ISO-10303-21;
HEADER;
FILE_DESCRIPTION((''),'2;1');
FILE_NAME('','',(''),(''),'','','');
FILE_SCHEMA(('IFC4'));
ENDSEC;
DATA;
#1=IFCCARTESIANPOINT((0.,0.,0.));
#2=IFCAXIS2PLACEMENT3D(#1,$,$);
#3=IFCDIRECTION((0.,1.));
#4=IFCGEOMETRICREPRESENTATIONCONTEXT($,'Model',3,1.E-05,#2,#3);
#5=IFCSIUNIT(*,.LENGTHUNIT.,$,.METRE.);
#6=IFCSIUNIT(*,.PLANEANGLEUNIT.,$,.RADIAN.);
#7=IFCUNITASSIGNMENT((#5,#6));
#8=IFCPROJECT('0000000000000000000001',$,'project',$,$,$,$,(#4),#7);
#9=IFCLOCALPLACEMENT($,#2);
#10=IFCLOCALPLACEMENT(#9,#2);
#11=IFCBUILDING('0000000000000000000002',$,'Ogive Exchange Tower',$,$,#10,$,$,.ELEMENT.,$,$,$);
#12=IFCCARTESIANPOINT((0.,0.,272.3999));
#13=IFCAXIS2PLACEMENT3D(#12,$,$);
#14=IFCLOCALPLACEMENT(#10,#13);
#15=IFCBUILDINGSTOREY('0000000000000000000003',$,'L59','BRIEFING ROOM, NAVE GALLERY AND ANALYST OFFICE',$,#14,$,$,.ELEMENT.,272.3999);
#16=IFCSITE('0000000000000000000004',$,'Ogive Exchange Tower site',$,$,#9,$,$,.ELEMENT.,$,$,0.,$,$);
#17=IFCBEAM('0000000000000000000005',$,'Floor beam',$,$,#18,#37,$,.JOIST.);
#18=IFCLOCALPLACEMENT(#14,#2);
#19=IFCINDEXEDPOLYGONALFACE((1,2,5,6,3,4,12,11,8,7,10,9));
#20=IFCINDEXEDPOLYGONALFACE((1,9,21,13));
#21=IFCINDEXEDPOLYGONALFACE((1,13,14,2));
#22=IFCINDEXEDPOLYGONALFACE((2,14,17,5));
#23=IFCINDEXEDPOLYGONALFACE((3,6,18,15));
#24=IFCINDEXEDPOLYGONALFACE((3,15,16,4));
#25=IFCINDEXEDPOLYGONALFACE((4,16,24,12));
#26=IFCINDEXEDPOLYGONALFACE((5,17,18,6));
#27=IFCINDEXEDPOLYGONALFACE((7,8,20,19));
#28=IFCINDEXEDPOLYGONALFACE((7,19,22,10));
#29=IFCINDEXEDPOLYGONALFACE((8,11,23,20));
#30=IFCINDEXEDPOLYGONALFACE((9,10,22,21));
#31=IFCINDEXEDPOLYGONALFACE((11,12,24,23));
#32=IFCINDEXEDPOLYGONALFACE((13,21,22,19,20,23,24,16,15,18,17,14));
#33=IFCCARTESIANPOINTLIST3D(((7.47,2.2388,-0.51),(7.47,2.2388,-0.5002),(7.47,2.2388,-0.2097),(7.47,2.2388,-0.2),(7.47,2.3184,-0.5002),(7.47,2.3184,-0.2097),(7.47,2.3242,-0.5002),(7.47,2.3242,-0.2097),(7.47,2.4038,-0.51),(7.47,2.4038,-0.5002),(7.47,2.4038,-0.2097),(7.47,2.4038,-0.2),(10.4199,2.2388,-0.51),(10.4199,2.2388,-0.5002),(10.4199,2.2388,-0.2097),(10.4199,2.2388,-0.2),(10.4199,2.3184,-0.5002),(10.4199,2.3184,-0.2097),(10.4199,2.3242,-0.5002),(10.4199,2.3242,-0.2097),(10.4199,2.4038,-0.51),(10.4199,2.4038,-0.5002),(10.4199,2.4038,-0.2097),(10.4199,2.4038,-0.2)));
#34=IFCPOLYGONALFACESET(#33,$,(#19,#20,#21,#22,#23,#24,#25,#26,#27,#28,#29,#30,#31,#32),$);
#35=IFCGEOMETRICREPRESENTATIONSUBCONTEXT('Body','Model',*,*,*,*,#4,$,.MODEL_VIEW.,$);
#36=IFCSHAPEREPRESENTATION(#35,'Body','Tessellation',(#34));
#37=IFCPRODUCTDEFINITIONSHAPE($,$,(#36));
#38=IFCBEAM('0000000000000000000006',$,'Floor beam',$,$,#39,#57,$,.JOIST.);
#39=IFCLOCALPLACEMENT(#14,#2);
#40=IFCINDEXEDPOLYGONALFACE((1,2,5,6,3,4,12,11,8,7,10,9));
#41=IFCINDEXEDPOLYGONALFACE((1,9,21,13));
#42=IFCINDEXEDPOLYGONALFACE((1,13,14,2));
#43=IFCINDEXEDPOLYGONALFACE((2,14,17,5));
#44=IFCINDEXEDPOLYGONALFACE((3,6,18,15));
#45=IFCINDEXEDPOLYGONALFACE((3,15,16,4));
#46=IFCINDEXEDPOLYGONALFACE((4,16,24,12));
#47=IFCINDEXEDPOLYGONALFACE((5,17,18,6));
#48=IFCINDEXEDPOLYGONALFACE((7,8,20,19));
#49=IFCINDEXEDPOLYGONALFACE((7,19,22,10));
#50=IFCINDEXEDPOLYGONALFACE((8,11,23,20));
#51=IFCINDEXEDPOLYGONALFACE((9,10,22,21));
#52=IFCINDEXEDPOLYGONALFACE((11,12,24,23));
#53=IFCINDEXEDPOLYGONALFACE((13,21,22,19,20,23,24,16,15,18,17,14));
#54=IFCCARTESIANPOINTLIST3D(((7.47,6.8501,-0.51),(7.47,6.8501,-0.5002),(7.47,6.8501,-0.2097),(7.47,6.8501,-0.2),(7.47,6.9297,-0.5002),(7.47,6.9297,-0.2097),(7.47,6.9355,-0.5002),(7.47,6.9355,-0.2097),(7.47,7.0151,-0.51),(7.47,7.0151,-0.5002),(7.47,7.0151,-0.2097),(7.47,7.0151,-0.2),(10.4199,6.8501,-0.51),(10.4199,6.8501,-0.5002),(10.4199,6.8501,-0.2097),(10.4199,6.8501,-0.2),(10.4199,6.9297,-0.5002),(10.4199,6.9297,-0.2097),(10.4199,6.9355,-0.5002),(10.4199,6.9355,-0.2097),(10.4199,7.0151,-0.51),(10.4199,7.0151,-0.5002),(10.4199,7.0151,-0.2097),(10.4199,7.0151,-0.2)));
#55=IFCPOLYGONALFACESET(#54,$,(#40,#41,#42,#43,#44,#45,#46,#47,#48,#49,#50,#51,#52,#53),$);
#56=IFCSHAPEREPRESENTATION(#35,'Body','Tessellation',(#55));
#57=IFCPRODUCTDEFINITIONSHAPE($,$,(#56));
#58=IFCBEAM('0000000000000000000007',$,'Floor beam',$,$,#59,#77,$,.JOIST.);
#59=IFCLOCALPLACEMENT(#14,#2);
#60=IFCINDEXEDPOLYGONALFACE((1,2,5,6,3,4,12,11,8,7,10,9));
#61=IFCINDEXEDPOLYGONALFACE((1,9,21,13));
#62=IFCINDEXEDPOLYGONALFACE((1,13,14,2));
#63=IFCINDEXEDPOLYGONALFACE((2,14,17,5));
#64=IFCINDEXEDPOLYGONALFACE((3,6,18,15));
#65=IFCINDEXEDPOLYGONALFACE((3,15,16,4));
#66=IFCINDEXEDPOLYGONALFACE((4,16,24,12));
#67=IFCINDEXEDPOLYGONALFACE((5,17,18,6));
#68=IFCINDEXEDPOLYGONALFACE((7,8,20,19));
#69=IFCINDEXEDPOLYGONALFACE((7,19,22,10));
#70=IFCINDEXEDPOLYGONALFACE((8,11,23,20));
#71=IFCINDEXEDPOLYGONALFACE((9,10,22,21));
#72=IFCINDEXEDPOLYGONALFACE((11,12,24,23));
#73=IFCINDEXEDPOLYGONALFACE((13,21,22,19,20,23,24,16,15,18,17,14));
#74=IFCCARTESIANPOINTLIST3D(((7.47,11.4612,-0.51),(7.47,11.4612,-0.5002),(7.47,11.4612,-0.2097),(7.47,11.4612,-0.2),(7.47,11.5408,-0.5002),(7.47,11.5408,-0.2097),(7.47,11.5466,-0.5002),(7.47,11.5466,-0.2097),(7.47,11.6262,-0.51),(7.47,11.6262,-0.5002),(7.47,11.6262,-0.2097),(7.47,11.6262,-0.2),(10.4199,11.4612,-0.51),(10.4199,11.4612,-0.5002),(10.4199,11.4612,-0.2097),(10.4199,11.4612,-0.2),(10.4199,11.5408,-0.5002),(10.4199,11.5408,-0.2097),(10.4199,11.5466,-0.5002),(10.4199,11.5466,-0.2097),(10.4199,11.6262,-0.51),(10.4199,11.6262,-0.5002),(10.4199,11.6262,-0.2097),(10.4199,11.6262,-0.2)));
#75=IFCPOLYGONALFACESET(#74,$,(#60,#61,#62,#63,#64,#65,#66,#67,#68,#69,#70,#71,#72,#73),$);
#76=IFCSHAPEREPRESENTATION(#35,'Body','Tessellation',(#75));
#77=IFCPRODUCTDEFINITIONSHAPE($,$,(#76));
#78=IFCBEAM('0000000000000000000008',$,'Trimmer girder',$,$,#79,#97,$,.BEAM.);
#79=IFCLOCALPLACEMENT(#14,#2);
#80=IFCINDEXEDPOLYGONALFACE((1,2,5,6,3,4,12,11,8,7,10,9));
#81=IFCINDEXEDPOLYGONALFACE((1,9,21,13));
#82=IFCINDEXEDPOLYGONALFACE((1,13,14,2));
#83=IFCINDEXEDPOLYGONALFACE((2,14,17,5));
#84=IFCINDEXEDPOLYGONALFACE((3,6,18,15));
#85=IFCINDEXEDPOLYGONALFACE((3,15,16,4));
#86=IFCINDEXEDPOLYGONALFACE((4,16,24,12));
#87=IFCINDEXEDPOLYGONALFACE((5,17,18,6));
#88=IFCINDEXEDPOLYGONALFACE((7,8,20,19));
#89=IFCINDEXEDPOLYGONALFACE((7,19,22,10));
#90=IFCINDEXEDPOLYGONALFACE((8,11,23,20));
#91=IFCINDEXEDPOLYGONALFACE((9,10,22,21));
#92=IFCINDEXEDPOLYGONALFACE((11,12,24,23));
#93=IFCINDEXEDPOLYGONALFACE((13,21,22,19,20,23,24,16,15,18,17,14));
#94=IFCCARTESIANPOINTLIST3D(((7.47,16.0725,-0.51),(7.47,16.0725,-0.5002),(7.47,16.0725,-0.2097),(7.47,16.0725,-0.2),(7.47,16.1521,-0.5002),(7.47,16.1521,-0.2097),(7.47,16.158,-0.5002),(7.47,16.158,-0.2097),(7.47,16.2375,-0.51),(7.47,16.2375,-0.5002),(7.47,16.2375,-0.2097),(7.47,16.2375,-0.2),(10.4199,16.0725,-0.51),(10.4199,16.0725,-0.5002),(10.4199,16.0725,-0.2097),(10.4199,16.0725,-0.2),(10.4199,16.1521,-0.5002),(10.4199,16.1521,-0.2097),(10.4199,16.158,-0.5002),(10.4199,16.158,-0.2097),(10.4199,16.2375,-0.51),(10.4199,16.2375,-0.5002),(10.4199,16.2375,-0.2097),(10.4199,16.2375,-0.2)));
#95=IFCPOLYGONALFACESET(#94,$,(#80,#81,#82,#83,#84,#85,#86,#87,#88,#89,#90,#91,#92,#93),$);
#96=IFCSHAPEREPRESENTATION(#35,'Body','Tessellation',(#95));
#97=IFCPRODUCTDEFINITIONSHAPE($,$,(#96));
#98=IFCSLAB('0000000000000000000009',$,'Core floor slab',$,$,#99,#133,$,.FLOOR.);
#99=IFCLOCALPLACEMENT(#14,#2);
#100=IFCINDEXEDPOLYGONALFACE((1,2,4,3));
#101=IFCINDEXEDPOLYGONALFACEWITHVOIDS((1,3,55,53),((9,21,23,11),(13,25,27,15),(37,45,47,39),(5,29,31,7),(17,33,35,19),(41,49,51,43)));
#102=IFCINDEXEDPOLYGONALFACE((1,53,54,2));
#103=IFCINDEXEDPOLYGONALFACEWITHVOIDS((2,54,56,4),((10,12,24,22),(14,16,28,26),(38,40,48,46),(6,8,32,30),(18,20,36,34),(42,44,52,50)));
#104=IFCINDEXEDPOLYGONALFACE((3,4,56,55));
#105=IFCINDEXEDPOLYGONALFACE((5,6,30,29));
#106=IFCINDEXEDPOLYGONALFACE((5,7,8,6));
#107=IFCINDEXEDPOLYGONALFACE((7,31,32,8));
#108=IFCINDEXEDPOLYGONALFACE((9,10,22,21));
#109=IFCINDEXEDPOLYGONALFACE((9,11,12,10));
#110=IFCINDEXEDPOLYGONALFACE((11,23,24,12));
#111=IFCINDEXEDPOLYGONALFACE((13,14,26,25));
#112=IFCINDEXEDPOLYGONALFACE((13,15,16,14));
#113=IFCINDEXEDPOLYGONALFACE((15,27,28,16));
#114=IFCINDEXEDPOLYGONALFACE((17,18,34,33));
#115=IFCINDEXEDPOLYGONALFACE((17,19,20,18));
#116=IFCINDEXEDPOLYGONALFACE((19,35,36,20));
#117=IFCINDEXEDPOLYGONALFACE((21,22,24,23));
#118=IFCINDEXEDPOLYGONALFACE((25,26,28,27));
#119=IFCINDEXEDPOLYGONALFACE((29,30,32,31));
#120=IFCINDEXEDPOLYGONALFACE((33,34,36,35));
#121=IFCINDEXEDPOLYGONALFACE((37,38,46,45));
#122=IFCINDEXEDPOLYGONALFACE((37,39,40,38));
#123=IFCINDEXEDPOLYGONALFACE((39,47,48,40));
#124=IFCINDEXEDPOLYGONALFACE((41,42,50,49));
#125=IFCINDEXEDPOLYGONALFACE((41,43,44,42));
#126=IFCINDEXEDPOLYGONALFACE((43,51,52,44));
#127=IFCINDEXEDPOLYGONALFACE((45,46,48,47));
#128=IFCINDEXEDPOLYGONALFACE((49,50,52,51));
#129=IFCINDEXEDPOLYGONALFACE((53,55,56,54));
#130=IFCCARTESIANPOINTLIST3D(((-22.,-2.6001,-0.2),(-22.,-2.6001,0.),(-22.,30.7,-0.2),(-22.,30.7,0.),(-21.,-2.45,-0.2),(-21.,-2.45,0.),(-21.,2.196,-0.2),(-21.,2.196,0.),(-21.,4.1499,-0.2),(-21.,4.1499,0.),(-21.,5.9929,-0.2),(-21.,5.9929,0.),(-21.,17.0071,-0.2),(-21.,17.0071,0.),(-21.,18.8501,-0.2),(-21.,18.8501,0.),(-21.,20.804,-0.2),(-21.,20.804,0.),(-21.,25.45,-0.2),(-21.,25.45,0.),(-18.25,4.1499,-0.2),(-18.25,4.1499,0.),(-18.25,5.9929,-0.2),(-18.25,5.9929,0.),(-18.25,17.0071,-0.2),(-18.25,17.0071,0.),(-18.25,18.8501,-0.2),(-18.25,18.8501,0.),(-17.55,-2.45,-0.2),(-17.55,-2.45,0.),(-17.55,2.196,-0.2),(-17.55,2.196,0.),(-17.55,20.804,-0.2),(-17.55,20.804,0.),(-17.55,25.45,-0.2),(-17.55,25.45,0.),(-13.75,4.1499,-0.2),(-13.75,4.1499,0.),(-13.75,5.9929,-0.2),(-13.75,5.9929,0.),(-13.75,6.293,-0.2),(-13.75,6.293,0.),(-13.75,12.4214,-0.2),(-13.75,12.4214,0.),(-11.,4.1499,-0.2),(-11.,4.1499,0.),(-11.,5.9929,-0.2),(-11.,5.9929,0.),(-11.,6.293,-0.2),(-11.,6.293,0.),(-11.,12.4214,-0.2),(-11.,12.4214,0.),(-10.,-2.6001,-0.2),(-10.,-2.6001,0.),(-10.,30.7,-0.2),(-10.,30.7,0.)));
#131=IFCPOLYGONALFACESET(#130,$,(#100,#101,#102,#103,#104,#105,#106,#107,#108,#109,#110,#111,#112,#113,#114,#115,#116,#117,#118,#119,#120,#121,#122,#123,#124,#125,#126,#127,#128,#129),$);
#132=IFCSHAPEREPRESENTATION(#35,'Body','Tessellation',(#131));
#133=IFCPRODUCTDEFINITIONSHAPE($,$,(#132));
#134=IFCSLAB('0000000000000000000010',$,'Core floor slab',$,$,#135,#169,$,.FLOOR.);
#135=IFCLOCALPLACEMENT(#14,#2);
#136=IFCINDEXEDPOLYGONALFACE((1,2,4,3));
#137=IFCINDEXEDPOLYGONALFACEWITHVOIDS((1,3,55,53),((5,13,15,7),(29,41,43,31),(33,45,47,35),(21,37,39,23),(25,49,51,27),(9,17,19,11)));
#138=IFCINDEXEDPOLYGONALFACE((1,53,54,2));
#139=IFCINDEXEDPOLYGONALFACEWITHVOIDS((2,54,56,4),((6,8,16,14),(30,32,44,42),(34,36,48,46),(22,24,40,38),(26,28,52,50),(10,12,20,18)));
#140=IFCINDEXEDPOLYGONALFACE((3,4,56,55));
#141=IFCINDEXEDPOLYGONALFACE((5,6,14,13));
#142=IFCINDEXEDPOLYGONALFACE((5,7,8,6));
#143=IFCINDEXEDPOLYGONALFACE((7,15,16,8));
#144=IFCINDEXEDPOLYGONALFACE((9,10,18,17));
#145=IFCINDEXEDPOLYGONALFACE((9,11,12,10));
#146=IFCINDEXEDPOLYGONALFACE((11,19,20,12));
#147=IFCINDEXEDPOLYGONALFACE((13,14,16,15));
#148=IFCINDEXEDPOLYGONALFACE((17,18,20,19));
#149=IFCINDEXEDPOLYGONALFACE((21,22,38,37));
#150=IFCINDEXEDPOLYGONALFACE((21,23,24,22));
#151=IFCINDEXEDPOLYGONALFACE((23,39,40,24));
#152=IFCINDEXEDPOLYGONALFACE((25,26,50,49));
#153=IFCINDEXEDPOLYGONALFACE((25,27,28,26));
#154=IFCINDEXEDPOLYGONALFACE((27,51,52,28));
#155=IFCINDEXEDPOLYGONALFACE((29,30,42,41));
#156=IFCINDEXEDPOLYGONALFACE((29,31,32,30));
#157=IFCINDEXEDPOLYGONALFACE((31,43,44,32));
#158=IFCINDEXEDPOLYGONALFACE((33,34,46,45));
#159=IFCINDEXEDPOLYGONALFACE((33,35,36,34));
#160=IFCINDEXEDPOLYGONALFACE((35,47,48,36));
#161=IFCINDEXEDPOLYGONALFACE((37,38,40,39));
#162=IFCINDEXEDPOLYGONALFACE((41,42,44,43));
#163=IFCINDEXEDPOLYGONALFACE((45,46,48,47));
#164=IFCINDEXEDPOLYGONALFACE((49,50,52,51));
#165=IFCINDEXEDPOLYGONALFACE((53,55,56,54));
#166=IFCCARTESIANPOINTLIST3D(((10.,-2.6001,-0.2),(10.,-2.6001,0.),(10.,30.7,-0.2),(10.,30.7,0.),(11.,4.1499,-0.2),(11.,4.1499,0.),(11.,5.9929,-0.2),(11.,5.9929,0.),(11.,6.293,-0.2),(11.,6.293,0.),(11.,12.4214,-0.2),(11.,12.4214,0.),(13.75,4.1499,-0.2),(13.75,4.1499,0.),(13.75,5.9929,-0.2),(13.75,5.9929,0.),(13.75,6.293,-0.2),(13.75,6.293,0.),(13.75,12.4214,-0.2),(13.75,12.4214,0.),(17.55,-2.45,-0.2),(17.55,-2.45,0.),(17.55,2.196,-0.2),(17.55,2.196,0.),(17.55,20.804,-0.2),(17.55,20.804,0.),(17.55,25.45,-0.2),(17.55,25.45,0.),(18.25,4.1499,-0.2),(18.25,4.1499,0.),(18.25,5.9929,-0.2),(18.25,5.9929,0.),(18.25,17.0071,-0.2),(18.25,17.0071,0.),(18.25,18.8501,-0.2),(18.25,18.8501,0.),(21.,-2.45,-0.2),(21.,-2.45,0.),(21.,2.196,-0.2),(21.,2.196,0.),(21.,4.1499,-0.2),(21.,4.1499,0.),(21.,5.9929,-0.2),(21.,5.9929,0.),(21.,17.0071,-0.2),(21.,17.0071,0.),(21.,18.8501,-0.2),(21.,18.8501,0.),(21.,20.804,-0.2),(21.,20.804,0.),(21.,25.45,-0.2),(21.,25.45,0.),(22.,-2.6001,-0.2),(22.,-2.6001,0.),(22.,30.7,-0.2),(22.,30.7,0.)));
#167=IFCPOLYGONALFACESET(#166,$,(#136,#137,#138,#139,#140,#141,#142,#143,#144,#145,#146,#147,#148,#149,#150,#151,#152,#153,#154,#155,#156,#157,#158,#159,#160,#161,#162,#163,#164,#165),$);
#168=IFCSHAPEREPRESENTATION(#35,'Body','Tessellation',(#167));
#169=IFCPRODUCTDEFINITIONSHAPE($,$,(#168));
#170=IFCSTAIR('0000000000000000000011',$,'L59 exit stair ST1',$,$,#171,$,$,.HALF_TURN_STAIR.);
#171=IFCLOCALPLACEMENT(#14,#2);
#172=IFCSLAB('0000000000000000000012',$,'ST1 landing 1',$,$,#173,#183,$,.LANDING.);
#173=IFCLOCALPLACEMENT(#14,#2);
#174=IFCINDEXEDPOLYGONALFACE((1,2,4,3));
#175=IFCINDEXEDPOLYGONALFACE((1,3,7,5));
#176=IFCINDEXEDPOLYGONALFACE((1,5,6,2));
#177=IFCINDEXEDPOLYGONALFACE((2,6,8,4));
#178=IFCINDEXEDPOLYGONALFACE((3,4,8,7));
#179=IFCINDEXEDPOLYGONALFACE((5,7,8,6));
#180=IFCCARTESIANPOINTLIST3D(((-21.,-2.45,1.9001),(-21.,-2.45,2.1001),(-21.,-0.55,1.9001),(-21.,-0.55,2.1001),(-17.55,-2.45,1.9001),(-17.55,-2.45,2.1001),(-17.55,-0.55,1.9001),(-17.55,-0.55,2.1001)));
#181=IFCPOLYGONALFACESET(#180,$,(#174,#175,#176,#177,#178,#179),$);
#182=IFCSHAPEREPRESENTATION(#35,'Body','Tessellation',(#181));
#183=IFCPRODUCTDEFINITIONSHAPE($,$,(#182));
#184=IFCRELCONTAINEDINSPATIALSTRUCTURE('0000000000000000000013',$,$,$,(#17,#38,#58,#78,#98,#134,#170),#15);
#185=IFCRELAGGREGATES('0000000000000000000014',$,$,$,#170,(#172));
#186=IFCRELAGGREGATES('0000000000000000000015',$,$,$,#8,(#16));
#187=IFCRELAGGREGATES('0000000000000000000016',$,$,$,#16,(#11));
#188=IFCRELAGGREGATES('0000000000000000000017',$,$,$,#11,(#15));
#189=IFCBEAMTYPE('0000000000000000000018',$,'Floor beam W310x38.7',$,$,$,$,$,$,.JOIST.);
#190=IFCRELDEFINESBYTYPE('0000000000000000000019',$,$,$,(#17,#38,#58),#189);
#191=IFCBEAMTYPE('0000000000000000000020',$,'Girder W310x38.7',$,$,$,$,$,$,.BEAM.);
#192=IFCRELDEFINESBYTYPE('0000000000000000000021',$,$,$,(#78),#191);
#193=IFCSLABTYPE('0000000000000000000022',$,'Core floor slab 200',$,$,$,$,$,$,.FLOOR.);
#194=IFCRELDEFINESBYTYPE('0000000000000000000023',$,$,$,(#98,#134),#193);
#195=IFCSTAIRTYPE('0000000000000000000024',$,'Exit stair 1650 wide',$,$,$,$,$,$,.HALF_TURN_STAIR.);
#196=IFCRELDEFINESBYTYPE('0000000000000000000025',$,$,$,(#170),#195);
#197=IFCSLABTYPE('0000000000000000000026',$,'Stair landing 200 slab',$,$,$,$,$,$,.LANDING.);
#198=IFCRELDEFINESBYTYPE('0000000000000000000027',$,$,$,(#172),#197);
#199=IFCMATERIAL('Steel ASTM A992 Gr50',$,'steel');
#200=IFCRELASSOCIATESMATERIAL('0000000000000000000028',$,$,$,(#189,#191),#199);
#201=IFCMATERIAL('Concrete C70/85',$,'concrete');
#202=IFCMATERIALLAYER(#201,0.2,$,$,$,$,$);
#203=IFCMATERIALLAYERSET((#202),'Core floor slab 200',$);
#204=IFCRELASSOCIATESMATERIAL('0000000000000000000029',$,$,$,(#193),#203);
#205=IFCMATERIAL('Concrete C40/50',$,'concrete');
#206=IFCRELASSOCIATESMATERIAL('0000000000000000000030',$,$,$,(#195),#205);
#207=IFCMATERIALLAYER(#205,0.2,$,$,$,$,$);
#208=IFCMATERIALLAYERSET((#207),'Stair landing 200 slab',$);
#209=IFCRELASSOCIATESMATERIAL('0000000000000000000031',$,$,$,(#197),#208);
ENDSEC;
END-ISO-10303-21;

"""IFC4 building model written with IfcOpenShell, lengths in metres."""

from ifc_helpers import new_model, si_unit, direction, frame, origin, origin_2d, place, context, subcontext, project, spatial, polyline, i_section, outline, extrude, material, layer, layer_set, material_profile, profile_set, type_object, element, aggregate, save


model = new_model("IFC4")

# Units and contexts
model_context = context("Model", 3, precision=1e-05, world=origin(), true_north=direction((0.0, 1.0)))
body_context = subcontext(model_context, "Body", "Model", "MODEL_VIEW")
ifc_project = project(units=[si_unit("LENGTHUNIT", "METRE"), si_unit("PLANEANGLEUNIT", "RADIAN")], contexts=[model_context])

# Site, building, storey
site_placement = place(None, origin())
site = spatial("IfcSite", under=ifc_project, at=site_placement, Name="Ogive Exchange Tower site", CompositionType="ELEMENT", RefElevation=0.0)
building_placement = place(site_placement, origin())
building = spatial("IfcBuilding", under=site, at=building_placement, Name="Ogive Exchange Tower", CompositionType="ELEMENT")
storey_placement = place(building_placement, frame((0.0, 0.0, 272.3999)))
storey = spatial("IfcBuildingStorey", under=building, at=storey_placement, Name="L59", Description="BRIEFING ROOM, NAVE GALLERY AND ANALYST OFFICE", CompositionType="ELEMENT", Elevation=272.3999)

# Beams
ifc_material_1 = material(Name="Steel ASTM A992 Gr50", Category="steel")
ifc_material_profile_1 = material_profile(ifc_material_1, i_section(OverallWidth=0.165, OverallDepth=0.3101, WebThickness=0.0059, FlangeThickness=0.0098, at=origin_2d()), Name="W310x38.7")
ifc_profile_set_1 = profile_set([ifc_material_profile_1], Name="Steel ASTM A992 Gr50")
beam_type_1 = type_object("IfcBeamType", Name="Floor beam W310x38.7", PredefinedType="JOIST", material=ifc_profile_set_1)
for number, where, z_axis, x_axis, name in (
    (1, (7.47, 2.3213, -0.355), (1.0, 0.0, 0.0), (0.0, 1.0, 0.0), "Floor beam"),
    (2, (7.47, 6.9326, -0.355), (1.0, 0.0, 0.0), (0.0, 1.0, 0.0), "Floor beam"),
    (3, (7.47, 11.5437, -0.355), (1.0, 0.0, 0.0), (0.0, 1.0, 0.0), "Floor beam"),
):
    element("IfcBeam", number, at=place(storey_placement, frame(where, z_axis=z_axis, x_axis=x_axis)), inside=storey, type_object=beam_type_1, Name=name, PredefinedType="JOIST", context=body_context, shape_type="SweptSolid", body=[
        extrude(i_section(OverallWidth=0.165, OverallDepth=0.3101, WebThickness=0.0059, FlangeThickness=0.0098, at=origin_2d()), origin(), (0.0, 0.0, 1.0), 2.95),
    ])
ifc_material_profile_2 = material_profile(ifc_material_1, i_section(OverallWidth=0.165, OverallDepth=0.3101, WebThickness=0.0059, FlangeThickness=0.0098, at=origin_2d()), Name="W310x38.7")
ifc_profile_set_2 = profile_set([ifc_material_profile_2], Name="Steel ASTM A992 Gr50")
beam_type_2 = type_object("IfcBeamType", Name="Girder W310x38.7", PredefinedType="BEAM", material=ifc_profile_set_2)
beam_placement = place(storey_placement, frame((7.47, 16.155, -0.355), z_axis=(1.0, 0.0, 0.0), x_axis=(0.0, 1.0, 0.0)))
element("IfcBeam", 4, at=beam_placement, inside=storey, type_object=beam_type_2, Name="Trimmer girder", PredefinedType="BEAM", context=body_context, shape_type="SweptSolid", body=[
    extrude(i_section(OverallWidth=0.165, OverallDepth=0.3101, WebThickness=0.0059, FlangeThickness=0.0098, at=origin_2d()), origin(), (0.0, 0.0, 1.0), 2.95),
])

# Slabs
ifc_material_2 = material(Name="Concrete C70/85", Category="concrete")
ifc_layer_1 = layer(ifc_material_2, 0.2)
ifc_layer_set_1 = layer_set([ifc_layer_1], Name="Core floor slab 200")
slab_type_1 = type_object("IfcSlabType", Name="Core floor slab 200", PredefinedType="FLOOR", material=ifc_layer_set_1)
slab_1_placement = place(storey_placement, frame((0.0, 0.0, -0.2)))
element("IfcSlab", 5, at=slab_1_placement, inside=storey, type_object=slab_type_1, Name="Core floor slab", PredefinedType="FLOOR", context=body_context, shape_type="SweptSolid", body=[
    extrude(outline(polyline([(-22.0, -2.6001), (-22.0, 30.7), (-10.0, 30.7), (-10.0, -2.6001), (-22.0, -2.6001)]), holes=[polyline([(-17.55, 2.196), (-21.0, 2.196), (-21.0, -2.45), (-17.55, -2.45), (-17.55, 2.196)]), polyline([(-18.25, 5.9929), (-21.0, 5.9929), (-21.0, 4.1499), (-18.25, 4.1499), (-18.25, 5.9929)]), polyline([(-11.0, 5.9929), (-13.75, 5.9929), (-13.75, 4.1499), (-11.0, 4.1499), (-11.0, 5.9929)]), polyline([(-13.75, 12.4214), (-13.75, 6.293), (-11.0, 6.293), (-11.0, 12.4214), (-13.75, 12.4214)]), polyline([(-18.25, 18.8501), (-21.0, 18.8501), (-21.0, 17.0071), (-18.25, 17.0071), (-18.25, 18.8501)]), polyline([(-21.0, 25.45), (-21.0, 20.804), (-17.55, 20.804), (-17.55, 25.45), (-21.0, 25.45)])]), origin(), (0.0, 0.0, 1.0), 0.2),
])
slab_2_placement = place(storey_placement, frame((0.0, 0.0, -0.2)))
element("IfcSlab", 6, at=slab_2_placement, inside=storey, type_object=slab_type_1, Name="Core floor slab", PredefinedType="FLOOR", context=body_context, shape_type="SweptSolid", body=[
    extrude(outline(polyline([(10.0, -2.6001), (10.0, 30.7), (22.0, 30.7), (22.0, -2.6001), (10.0, -2.6001)]), holes=[polyline([(21.0, 2.196), (17.55, 2.196), (17.55, -2.45), (21.0, -2.45), (21.0, 2.196)]), polyline([(13.75, 5.9929), (11.0, 5.9929), (11.0, 4.1499), (13.75, 4.1499), (13.75, 5.9929)]), polyline([(21.0, 5.9929), (18.25, 5.9929), (18.25, 4.1499), (21.0, 4.1499), (21.0, 5.9929)]), polyline([(11.0, 12.4214), (11.0, 6.293), (13.75, 6.293), (13.75, 12.4214), (11.0, 12.4214)]), polyline([(21.0, 18.8501), (18.25, 18.8501), (18.25, 17.0071), (21.0, 17.0071), (21.0, 18.8501)]), polyline([(17.55, 25.45), (17.55, 20.804), (21.0, 20.804), (21.0, 25.45), (17.55, 25.45)])]), origin(), (0.0, 0.0, 1.0), 0.2),
])

# Stair, slab
ifc_material_3 = material(Name="Concrete C40/50", Category="concrete")
stair_type = type_object("IfcStairType", Name="Exit stair 1650 wide", PredefinedType="HALF_TURN_STAIR", material=ifc_material_3)
stair_1_placement = place(storey_placement, origin())
stair_1 = element("IfcStair", 7, at=stair_1_placement, inside=storey, type_object=stair_type, Name="L59 exit stair ST1", PredefinedType="HALF_TURN_STAIR")
ifc_layer_2 = layer(ifc_material_3, 0.2)
ifc_layer_set_2 = layer_set([ifc_layer_2], Name="Stair landing 200 slab")
slab_type_2 = type_object("IfcSlabType", Name="Stair landing 200 slab", PredefinedType="LANDING", material=ifc_layer_set_2)
slab_3_placement = place(storey_placement, frame((0.0, 0.0, 1.9001)))
slab_3 = element("IfcSlab", 8, at=slab_3_placement, type_object=slab_type_2, Name="ST1 landing 1", PredefinedType="LANDING", context=body_context, shape_type="SweptSolid", body=[
    extrude(outline(polyline([(-21.0, -0.55), (-21.0, -2.45), (-17.55, -2.45), (-17.55, -0.55), (-21.0, -0.55)])), origin(), (0.0, 0.0, 1.0), 0.2),
])
aggregate(stair_1, [slab_3])

save(model, "model.ifc")
